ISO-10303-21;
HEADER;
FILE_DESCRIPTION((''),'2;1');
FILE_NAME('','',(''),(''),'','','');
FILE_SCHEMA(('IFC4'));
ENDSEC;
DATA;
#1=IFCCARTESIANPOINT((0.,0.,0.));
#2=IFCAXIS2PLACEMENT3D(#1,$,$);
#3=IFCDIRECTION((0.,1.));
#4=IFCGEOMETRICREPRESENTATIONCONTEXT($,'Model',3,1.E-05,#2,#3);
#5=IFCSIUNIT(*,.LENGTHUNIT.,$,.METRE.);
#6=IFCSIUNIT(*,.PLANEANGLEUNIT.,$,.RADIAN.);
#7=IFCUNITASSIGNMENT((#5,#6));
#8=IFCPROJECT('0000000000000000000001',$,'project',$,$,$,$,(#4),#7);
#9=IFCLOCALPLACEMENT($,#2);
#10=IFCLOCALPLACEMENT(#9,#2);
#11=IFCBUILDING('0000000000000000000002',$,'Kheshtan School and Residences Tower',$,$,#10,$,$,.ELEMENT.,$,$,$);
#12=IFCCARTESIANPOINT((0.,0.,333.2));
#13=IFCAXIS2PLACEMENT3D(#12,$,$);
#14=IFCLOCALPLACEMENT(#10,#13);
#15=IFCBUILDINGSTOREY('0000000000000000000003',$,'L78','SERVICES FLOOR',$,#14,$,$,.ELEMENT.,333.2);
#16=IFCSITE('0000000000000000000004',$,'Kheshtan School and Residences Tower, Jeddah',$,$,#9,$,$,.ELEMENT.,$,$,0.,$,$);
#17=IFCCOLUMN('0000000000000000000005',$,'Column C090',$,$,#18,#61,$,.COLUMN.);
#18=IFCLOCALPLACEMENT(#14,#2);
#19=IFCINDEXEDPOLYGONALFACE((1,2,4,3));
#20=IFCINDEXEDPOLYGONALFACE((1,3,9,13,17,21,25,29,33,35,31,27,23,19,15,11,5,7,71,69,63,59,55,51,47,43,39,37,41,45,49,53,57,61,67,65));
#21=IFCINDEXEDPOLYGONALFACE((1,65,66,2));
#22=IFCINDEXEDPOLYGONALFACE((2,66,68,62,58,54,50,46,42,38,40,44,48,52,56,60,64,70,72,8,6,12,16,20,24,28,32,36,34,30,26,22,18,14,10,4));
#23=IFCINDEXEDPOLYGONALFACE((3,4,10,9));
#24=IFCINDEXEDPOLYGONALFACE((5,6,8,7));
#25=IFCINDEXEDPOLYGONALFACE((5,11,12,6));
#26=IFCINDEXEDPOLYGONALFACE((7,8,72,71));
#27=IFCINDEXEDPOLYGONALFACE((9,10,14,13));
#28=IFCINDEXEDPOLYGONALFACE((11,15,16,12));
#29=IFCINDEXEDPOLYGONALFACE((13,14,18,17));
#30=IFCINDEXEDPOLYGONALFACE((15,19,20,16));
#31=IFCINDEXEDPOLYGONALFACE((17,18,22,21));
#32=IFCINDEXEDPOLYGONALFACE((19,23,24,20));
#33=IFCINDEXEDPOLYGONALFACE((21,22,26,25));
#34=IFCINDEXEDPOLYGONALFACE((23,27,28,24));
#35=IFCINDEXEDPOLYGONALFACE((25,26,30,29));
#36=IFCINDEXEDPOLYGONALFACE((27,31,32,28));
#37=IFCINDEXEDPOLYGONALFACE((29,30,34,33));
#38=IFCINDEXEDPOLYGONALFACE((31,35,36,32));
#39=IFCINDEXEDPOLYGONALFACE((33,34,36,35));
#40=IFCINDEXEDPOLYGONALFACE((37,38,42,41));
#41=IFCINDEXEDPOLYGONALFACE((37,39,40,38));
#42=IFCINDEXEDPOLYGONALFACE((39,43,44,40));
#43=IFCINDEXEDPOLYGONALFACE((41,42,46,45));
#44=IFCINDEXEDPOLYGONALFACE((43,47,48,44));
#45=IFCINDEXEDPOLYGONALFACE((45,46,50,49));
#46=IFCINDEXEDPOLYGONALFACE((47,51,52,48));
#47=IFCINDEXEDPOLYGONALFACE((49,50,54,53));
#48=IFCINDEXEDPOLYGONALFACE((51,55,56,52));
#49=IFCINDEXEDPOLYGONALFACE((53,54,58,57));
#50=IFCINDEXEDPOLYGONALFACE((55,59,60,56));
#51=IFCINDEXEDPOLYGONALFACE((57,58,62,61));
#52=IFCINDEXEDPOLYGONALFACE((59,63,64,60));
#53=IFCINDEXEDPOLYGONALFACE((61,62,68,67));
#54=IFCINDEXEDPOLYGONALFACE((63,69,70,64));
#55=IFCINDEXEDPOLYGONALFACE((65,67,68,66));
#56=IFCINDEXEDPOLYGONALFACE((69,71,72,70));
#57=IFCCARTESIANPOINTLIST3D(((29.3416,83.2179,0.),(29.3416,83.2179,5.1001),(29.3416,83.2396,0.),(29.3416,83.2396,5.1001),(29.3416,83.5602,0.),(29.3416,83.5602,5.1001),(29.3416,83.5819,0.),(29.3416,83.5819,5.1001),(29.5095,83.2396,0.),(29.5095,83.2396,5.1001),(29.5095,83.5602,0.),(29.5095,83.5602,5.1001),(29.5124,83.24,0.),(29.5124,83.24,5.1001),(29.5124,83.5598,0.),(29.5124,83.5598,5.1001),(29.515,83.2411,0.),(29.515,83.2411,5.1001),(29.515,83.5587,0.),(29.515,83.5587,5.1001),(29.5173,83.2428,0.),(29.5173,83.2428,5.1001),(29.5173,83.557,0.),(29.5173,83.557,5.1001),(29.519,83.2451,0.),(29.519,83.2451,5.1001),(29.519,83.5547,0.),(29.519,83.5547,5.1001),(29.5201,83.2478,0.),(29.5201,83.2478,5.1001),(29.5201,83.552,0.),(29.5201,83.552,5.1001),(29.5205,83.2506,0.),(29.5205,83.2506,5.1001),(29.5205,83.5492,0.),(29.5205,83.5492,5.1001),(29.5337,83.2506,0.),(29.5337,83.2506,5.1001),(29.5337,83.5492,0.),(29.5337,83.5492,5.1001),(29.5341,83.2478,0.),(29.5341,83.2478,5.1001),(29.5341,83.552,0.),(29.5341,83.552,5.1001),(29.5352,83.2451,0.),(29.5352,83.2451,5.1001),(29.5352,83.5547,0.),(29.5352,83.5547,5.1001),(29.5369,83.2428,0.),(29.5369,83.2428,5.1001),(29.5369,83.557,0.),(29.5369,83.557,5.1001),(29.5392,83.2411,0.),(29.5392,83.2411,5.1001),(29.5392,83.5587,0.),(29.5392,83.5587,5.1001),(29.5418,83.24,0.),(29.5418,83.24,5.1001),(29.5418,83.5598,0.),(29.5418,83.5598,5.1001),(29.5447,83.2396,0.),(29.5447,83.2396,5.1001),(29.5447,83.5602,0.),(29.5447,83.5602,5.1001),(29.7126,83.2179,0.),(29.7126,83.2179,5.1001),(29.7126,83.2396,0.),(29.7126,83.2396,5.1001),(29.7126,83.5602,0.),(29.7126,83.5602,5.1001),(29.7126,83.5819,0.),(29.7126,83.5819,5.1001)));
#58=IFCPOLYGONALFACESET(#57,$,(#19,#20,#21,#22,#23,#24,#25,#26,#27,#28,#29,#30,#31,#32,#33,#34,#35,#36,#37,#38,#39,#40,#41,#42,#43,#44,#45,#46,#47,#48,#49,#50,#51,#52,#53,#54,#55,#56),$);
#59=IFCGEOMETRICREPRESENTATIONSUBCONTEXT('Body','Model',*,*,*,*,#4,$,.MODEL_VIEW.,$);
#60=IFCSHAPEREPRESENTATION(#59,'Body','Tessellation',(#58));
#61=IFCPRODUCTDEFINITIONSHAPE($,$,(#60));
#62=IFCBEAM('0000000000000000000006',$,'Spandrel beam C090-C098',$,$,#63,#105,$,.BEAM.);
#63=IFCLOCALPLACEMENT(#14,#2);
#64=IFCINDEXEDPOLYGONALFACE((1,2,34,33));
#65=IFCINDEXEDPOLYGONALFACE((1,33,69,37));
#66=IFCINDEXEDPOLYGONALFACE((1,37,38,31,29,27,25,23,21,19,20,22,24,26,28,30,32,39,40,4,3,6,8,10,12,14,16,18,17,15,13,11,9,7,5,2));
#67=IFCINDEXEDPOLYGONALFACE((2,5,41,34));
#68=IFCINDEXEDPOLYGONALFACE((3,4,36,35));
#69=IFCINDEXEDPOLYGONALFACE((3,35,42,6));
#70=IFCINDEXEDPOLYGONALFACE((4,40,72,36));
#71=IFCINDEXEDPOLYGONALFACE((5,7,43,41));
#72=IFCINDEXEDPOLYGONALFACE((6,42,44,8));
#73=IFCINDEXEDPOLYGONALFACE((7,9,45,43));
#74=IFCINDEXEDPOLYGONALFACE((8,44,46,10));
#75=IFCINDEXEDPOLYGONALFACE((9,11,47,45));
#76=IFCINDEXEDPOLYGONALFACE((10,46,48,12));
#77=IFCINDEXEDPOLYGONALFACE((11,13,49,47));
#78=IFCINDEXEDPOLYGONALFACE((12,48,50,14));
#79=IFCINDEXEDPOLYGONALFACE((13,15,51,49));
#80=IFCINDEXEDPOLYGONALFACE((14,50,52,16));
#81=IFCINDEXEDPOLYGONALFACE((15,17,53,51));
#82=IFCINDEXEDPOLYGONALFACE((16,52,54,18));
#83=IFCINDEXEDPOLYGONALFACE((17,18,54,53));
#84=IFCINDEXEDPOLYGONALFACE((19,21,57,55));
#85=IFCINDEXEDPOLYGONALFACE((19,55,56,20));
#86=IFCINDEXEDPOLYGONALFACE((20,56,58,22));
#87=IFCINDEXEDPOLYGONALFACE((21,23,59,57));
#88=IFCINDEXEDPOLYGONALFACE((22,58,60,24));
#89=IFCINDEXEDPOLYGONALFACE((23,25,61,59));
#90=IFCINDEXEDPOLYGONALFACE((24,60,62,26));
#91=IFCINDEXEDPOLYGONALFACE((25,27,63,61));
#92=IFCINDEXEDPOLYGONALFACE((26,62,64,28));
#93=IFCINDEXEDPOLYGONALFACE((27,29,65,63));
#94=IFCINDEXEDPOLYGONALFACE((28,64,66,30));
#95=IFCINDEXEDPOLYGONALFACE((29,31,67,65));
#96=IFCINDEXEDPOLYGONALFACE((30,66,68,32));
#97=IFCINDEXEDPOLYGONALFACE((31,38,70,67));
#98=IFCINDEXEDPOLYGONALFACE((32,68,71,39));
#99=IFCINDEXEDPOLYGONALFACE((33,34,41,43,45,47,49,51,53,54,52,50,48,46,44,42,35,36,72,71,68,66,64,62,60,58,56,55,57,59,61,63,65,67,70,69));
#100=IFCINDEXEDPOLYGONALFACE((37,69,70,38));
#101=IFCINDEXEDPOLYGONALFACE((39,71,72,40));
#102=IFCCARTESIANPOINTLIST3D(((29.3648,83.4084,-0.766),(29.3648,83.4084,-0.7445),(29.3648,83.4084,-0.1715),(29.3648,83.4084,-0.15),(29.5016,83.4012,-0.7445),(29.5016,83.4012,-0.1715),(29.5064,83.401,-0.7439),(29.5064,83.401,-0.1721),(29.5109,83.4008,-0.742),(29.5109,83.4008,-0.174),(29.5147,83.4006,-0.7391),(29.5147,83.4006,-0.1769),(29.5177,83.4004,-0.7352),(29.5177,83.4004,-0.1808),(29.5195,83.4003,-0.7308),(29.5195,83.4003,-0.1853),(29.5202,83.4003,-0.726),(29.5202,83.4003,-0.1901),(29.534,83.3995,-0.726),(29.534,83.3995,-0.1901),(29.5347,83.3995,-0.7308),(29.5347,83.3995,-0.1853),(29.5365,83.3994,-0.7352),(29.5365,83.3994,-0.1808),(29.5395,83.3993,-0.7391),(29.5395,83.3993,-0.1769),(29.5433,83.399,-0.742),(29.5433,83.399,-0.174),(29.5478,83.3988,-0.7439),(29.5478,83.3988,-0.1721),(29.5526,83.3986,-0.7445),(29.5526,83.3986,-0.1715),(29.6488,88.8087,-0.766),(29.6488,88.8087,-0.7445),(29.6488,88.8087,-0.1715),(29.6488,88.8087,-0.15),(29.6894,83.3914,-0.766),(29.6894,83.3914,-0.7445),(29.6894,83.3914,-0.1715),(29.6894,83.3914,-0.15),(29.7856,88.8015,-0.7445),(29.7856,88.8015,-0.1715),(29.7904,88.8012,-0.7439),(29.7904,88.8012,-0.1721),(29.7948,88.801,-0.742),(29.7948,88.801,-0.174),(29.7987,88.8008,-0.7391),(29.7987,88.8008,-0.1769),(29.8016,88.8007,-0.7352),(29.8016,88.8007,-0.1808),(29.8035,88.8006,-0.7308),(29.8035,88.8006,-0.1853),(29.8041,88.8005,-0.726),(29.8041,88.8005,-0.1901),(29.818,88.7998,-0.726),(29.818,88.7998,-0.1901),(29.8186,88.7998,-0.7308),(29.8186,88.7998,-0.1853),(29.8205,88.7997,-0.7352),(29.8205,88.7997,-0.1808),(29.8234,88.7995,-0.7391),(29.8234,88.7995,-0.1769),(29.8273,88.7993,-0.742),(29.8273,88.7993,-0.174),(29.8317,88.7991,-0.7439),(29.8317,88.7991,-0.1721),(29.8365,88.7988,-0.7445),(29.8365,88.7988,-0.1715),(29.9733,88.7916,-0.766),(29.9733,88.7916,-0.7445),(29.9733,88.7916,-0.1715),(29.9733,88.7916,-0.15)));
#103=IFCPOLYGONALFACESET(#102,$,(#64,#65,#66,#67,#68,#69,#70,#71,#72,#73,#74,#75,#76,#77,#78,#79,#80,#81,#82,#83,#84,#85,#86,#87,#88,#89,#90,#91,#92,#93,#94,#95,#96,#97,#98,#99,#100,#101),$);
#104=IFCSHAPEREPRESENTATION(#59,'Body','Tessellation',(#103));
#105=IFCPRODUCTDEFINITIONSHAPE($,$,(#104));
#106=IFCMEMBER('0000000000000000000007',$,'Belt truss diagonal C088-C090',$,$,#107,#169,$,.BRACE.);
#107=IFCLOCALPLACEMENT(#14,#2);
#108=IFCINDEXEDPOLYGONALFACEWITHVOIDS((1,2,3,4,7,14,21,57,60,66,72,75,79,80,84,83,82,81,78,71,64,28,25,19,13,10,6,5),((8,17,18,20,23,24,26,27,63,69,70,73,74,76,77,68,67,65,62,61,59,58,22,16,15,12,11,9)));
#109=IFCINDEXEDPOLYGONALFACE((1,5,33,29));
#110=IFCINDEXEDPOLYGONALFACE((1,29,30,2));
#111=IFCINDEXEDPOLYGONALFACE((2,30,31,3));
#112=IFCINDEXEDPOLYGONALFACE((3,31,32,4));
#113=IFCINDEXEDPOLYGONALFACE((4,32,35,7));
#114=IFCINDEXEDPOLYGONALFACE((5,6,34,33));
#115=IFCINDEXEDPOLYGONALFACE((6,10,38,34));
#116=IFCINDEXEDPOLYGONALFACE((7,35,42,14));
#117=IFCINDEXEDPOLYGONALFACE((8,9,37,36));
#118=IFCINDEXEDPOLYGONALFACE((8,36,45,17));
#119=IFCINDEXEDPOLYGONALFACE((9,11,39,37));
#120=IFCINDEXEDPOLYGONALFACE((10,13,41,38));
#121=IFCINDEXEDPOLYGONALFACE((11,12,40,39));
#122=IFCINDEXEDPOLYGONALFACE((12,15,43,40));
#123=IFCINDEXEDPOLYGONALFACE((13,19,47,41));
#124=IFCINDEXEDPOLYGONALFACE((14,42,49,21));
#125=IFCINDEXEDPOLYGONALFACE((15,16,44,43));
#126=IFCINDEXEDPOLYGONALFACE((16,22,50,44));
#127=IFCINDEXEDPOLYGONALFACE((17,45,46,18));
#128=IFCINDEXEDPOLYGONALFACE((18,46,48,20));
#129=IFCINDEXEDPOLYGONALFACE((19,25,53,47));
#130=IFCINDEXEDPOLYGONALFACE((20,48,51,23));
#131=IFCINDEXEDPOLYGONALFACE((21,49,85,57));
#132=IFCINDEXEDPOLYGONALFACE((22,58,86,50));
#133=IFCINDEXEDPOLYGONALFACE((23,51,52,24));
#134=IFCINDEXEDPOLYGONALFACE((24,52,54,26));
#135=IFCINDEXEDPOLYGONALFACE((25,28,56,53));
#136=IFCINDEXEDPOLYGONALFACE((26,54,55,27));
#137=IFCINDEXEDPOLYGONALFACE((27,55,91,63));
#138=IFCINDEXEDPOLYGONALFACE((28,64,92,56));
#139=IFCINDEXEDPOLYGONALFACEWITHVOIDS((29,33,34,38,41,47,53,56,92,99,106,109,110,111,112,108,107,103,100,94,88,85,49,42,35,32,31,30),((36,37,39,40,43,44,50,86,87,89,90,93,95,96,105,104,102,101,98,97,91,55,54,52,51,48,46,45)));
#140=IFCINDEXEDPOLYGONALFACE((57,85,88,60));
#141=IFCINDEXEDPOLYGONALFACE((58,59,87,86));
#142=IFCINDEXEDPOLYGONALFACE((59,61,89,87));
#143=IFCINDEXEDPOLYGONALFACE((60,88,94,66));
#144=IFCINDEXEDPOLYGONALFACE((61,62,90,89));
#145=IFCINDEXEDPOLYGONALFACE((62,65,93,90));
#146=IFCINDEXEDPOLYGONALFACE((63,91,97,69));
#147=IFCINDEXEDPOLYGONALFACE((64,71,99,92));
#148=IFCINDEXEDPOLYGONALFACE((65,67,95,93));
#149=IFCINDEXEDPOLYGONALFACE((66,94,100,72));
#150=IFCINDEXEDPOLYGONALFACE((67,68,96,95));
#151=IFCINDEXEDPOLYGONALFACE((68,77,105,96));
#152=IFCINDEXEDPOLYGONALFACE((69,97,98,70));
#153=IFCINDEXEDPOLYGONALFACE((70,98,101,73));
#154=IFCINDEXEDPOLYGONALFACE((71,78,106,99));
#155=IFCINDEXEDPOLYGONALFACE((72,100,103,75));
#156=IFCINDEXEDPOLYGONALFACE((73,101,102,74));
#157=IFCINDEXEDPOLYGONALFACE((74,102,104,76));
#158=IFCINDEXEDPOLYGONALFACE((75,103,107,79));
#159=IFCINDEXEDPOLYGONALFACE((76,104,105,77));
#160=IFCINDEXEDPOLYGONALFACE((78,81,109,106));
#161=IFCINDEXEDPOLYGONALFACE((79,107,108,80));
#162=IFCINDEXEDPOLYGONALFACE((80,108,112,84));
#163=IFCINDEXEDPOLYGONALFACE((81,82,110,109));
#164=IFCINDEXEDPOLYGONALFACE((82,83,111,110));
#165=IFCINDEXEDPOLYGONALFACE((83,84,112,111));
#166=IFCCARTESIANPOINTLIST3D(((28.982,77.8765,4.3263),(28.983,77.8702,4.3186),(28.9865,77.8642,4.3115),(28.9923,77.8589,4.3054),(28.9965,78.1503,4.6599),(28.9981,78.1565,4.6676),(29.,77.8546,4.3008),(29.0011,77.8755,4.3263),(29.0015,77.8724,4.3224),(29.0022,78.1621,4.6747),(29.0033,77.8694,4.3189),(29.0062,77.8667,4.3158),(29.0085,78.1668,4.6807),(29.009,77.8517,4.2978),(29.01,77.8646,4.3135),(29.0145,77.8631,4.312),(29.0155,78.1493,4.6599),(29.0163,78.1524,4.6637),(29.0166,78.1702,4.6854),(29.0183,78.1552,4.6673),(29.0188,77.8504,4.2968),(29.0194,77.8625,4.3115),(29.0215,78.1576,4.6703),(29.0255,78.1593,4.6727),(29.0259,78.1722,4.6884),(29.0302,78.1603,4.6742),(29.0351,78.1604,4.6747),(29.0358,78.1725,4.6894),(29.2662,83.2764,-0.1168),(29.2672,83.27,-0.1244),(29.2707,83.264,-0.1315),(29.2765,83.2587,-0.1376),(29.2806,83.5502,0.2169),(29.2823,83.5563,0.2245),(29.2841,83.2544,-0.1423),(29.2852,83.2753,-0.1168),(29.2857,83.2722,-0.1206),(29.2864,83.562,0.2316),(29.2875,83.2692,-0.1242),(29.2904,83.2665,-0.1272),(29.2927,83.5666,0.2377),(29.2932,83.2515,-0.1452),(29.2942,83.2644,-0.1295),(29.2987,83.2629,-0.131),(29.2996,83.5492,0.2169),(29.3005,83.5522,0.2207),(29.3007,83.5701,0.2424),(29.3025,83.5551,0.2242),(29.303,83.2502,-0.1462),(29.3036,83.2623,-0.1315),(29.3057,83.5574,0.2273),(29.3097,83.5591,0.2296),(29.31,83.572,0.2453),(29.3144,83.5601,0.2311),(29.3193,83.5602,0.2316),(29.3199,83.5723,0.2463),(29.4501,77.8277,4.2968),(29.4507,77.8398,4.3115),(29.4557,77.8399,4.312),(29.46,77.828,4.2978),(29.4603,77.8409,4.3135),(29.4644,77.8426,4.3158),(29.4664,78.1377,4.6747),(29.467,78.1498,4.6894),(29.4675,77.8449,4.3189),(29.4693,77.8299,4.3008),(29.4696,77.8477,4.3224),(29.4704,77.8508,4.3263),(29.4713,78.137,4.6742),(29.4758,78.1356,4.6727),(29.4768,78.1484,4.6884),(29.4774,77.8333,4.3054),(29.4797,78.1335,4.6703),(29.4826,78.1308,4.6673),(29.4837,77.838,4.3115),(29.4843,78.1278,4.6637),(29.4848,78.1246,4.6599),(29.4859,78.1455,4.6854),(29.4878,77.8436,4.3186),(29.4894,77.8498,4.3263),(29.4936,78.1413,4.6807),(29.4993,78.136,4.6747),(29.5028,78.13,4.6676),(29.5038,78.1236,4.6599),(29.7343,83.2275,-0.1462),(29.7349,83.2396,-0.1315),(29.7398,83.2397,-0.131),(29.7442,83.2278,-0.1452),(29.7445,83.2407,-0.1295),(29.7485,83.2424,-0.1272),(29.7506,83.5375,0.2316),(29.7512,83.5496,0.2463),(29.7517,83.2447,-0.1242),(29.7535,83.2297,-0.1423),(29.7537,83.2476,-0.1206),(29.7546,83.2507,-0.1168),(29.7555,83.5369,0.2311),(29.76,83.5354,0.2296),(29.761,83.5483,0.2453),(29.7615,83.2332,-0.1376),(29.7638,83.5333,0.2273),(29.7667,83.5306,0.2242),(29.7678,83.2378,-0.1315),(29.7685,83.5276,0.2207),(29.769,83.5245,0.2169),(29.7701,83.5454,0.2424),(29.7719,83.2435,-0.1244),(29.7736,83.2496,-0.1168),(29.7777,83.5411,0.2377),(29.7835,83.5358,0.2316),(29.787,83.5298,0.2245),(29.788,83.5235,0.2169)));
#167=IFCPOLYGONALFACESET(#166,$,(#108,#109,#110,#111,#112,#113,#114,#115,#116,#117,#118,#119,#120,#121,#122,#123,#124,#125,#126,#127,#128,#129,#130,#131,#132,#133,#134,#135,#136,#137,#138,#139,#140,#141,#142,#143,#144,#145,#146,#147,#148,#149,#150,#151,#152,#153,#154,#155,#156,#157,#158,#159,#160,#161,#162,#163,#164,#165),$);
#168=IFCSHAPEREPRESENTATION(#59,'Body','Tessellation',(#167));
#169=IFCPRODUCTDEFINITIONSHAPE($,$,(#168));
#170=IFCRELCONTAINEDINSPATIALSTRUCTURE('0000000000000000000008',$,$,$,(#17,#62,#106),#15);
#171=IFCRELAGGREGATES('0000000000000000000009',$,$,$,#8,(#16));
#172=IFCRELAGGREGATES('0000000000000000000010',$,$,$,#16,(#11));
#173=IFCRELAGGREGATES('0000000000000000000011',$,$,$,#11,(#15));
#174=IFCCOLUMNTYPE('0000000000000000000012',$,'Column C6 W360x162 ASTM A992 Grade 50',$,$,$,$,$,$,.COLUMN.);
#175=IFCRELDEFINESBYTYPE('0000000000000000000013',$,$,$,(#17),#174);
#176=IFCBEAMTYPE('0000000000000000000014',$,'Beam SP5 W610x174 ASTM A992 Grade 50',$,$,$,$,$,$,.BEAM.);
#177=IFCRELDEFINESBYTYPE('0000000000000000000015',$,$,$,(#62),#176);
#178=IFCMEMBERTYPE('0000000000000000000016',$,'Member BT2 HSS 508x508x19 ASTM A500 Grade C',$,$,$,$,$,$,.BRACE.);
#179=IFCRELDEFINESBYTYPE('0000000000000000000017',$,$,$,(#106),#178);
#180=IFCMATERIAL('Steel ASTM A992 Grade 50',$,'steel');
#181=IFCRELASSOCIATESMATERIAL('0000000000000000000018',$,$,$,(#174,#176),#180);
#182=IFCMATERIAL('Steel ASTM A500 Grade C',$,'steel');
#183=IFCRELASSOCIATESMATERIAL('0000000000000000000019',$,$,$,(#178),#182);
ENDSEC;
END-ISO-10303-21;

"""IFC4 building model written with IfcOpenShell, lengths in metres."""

from ifc_helpers import new_model, si_unit, direction, frame, origin, origin_2d, place, context, subcontext, project, spatial, hollow_rectangle, i_section, extrude, material, material_profile, profile_set, type_object, element, save


model = new_model("IFC4")

# Units and contexts
model_context = context("Model", 3, precision=1e-05, world=origin(), true_north=direction((0.0, 1.0)))
body_context = subcontext(model_context, "Body", "Model", "MODEL_VIEW")
ifc_project = project(units=[si_unit("LENGTHUNIT", "METRE"), si_unit("PLANEANGLEUNIT", "RADIAN")], contexts=[model_context])

# Site, building, storey
site_placement = place(None, origin())
site = spatial("IfcSite", under=ifc_project, at=site_placement, Name="Kheshtan School and Residences Tower, Jeddah", CompositionType="ELEMENT", RefElevation=0.0)
building_placement = place(site_placement, origin())
building = spatial("IfcBuilding", under=site, at=building_placement, Name="Kheshtan School and Residences Tower", CompositionType="ELEMENT")
storey_placement = place(building_placement, frame((0.0, 0.0, 333.2)))
storey = spatial("IfcBuildingStorey", under=building, at=storey_placement, Name="L78", Description="SERVICES FLOOR", CompositionType="ELEMENT", Elevation=333.2)

# Column
ifc_material_1 = material(Name="Steel ASTM A992 Grade 50", Category="steel")
ifc_material_profile_1 = material_profile(ifc_material_1, i_section(OverallWidth=0.3711, OverallDepth=0.364, WebThickness=0.0132, FlangeThickness=0.0217, FilletRadius=0.011, at=origin_2d()), Name="W360x162")
ifc_profile_set_1 = profile_set([ifc_material_profile_1], Name="Steel ASTM A992 Grade 50")
column_type = type_object("IfcColumnType", Name="Column C6 W360x162 ASTM A992 Grade 50", PredefinedType="COLUMN", material=ifc_profile_set_1)
column_placement = place(storey_placement, frame((29.5271, 83.3999, 0.0), z_axis=(0.0, 0.0, 1.0), x_axis=(1.0, 0.0, 0.0)))
element("IfcColumn", 1, at=column_placement, inside=storey, type_object=column_type, Name="Column C090", PredefinedType="COLUMN", context=body_context, shape_type="SweptSolid", body=[
    extrude(i_section(OverallWidth=0.3711, OverallDepth=0.364, WebThickness=0.0132, FlangeThickness=0.0217, FilletRadius=0.011, at=origin_2d()), origin(), (0.0, 0.0, 1.0), 5.1001),
])

# Beam
ifc_material_profile_2 = material_profile(ifc_material_1, i_section(OverallWidth=0.325, OverallDepth=0.616, WebThickness=0.0139, FlangeThickness=0.0215, FilletRadius=0.0186, at=origin_2d()), Name="W610x174")
ifc_profile_set_2 = profile_set([ifc_material_profile_2], Name="Steel ASTM A992 Grade 50")
beam_type = type_object("IfcBeamType", Name="Beam SP5 W610x174 ASTM A992 Grade 50", PredefinedType="BEAM", material=ifc_profile_set_2)
beam_placement = place(storey_placement, frame((29.5271, 83.3999, -0.458), z_axis=(0.052507, 0.998621, 0.0), x_axis=(-0.998621, 0.052507, 0.0)))
element("IfcBeam", 2, at=beam_placement, inside=storey, type_object=beam_type, Name="Spandrel beam C090-C098", PredefinedType="BEAM", context=body_context, shape_type="SweptSolid", body=[
    extrude(i_section(OverallWidth=0.325, OverallDepth=0.616, WebThickness=0.0139, FlangeThickness=0.0215, FilletRadius=0.0186, at=origin_2d()), origin(), (0.0, 0.0, 1.0), 5.4077),
])

# Member
ifc_material_2 = material(Name="Steel ASTM A500 Grade C", Category="steel")
ifc_material_profile_3 = material_profile(ifc_material_2, hollow_rectangle(XDim=0.5081, YDim=0.5081, WallThickness=0.019, InnerFilletRadius=0.019, OuterFilletRadius=0.0381, at=origin_2d()), Name="HSS 508x508x19")
ifc_profile_set_3 = profile_set([ifc_material_profile_3], Name="Steel ASTM A500 Grade C")
member_type = type_object("IfcMemberType", Name="Member BT2 HSS 508x508x19 ASTM A500 Grade C", PredefinedType="BRACE", material=ifc_profile_set_3)
member_1_placement = place(storey_placement, frame((29.5271, 83.3999, 0.05), z_axis=(-0.040605, -0.771564, 0.634854), x_axis=(0.998618, -0.052554, 0.0)))
element("IfcMember", 3, at=member_1_placement, inside=storey, type_object=member_type, Name="Belt truss diagonal C088-C090", PredefinedType="BRACE", context=body_context, shape_type="SweptSolid", body=[
    extrude(hollow_rectangle(XDim=0.5081, YDim=0.5081, WallThickness=0.019, InnerFilletRadius=0.019, OuterFilletRadius=0.0381, at=origin_2d()), origin(), (0.0, 0.0, 1.0), 6.9985),
])

save(model, "model.ifc")
